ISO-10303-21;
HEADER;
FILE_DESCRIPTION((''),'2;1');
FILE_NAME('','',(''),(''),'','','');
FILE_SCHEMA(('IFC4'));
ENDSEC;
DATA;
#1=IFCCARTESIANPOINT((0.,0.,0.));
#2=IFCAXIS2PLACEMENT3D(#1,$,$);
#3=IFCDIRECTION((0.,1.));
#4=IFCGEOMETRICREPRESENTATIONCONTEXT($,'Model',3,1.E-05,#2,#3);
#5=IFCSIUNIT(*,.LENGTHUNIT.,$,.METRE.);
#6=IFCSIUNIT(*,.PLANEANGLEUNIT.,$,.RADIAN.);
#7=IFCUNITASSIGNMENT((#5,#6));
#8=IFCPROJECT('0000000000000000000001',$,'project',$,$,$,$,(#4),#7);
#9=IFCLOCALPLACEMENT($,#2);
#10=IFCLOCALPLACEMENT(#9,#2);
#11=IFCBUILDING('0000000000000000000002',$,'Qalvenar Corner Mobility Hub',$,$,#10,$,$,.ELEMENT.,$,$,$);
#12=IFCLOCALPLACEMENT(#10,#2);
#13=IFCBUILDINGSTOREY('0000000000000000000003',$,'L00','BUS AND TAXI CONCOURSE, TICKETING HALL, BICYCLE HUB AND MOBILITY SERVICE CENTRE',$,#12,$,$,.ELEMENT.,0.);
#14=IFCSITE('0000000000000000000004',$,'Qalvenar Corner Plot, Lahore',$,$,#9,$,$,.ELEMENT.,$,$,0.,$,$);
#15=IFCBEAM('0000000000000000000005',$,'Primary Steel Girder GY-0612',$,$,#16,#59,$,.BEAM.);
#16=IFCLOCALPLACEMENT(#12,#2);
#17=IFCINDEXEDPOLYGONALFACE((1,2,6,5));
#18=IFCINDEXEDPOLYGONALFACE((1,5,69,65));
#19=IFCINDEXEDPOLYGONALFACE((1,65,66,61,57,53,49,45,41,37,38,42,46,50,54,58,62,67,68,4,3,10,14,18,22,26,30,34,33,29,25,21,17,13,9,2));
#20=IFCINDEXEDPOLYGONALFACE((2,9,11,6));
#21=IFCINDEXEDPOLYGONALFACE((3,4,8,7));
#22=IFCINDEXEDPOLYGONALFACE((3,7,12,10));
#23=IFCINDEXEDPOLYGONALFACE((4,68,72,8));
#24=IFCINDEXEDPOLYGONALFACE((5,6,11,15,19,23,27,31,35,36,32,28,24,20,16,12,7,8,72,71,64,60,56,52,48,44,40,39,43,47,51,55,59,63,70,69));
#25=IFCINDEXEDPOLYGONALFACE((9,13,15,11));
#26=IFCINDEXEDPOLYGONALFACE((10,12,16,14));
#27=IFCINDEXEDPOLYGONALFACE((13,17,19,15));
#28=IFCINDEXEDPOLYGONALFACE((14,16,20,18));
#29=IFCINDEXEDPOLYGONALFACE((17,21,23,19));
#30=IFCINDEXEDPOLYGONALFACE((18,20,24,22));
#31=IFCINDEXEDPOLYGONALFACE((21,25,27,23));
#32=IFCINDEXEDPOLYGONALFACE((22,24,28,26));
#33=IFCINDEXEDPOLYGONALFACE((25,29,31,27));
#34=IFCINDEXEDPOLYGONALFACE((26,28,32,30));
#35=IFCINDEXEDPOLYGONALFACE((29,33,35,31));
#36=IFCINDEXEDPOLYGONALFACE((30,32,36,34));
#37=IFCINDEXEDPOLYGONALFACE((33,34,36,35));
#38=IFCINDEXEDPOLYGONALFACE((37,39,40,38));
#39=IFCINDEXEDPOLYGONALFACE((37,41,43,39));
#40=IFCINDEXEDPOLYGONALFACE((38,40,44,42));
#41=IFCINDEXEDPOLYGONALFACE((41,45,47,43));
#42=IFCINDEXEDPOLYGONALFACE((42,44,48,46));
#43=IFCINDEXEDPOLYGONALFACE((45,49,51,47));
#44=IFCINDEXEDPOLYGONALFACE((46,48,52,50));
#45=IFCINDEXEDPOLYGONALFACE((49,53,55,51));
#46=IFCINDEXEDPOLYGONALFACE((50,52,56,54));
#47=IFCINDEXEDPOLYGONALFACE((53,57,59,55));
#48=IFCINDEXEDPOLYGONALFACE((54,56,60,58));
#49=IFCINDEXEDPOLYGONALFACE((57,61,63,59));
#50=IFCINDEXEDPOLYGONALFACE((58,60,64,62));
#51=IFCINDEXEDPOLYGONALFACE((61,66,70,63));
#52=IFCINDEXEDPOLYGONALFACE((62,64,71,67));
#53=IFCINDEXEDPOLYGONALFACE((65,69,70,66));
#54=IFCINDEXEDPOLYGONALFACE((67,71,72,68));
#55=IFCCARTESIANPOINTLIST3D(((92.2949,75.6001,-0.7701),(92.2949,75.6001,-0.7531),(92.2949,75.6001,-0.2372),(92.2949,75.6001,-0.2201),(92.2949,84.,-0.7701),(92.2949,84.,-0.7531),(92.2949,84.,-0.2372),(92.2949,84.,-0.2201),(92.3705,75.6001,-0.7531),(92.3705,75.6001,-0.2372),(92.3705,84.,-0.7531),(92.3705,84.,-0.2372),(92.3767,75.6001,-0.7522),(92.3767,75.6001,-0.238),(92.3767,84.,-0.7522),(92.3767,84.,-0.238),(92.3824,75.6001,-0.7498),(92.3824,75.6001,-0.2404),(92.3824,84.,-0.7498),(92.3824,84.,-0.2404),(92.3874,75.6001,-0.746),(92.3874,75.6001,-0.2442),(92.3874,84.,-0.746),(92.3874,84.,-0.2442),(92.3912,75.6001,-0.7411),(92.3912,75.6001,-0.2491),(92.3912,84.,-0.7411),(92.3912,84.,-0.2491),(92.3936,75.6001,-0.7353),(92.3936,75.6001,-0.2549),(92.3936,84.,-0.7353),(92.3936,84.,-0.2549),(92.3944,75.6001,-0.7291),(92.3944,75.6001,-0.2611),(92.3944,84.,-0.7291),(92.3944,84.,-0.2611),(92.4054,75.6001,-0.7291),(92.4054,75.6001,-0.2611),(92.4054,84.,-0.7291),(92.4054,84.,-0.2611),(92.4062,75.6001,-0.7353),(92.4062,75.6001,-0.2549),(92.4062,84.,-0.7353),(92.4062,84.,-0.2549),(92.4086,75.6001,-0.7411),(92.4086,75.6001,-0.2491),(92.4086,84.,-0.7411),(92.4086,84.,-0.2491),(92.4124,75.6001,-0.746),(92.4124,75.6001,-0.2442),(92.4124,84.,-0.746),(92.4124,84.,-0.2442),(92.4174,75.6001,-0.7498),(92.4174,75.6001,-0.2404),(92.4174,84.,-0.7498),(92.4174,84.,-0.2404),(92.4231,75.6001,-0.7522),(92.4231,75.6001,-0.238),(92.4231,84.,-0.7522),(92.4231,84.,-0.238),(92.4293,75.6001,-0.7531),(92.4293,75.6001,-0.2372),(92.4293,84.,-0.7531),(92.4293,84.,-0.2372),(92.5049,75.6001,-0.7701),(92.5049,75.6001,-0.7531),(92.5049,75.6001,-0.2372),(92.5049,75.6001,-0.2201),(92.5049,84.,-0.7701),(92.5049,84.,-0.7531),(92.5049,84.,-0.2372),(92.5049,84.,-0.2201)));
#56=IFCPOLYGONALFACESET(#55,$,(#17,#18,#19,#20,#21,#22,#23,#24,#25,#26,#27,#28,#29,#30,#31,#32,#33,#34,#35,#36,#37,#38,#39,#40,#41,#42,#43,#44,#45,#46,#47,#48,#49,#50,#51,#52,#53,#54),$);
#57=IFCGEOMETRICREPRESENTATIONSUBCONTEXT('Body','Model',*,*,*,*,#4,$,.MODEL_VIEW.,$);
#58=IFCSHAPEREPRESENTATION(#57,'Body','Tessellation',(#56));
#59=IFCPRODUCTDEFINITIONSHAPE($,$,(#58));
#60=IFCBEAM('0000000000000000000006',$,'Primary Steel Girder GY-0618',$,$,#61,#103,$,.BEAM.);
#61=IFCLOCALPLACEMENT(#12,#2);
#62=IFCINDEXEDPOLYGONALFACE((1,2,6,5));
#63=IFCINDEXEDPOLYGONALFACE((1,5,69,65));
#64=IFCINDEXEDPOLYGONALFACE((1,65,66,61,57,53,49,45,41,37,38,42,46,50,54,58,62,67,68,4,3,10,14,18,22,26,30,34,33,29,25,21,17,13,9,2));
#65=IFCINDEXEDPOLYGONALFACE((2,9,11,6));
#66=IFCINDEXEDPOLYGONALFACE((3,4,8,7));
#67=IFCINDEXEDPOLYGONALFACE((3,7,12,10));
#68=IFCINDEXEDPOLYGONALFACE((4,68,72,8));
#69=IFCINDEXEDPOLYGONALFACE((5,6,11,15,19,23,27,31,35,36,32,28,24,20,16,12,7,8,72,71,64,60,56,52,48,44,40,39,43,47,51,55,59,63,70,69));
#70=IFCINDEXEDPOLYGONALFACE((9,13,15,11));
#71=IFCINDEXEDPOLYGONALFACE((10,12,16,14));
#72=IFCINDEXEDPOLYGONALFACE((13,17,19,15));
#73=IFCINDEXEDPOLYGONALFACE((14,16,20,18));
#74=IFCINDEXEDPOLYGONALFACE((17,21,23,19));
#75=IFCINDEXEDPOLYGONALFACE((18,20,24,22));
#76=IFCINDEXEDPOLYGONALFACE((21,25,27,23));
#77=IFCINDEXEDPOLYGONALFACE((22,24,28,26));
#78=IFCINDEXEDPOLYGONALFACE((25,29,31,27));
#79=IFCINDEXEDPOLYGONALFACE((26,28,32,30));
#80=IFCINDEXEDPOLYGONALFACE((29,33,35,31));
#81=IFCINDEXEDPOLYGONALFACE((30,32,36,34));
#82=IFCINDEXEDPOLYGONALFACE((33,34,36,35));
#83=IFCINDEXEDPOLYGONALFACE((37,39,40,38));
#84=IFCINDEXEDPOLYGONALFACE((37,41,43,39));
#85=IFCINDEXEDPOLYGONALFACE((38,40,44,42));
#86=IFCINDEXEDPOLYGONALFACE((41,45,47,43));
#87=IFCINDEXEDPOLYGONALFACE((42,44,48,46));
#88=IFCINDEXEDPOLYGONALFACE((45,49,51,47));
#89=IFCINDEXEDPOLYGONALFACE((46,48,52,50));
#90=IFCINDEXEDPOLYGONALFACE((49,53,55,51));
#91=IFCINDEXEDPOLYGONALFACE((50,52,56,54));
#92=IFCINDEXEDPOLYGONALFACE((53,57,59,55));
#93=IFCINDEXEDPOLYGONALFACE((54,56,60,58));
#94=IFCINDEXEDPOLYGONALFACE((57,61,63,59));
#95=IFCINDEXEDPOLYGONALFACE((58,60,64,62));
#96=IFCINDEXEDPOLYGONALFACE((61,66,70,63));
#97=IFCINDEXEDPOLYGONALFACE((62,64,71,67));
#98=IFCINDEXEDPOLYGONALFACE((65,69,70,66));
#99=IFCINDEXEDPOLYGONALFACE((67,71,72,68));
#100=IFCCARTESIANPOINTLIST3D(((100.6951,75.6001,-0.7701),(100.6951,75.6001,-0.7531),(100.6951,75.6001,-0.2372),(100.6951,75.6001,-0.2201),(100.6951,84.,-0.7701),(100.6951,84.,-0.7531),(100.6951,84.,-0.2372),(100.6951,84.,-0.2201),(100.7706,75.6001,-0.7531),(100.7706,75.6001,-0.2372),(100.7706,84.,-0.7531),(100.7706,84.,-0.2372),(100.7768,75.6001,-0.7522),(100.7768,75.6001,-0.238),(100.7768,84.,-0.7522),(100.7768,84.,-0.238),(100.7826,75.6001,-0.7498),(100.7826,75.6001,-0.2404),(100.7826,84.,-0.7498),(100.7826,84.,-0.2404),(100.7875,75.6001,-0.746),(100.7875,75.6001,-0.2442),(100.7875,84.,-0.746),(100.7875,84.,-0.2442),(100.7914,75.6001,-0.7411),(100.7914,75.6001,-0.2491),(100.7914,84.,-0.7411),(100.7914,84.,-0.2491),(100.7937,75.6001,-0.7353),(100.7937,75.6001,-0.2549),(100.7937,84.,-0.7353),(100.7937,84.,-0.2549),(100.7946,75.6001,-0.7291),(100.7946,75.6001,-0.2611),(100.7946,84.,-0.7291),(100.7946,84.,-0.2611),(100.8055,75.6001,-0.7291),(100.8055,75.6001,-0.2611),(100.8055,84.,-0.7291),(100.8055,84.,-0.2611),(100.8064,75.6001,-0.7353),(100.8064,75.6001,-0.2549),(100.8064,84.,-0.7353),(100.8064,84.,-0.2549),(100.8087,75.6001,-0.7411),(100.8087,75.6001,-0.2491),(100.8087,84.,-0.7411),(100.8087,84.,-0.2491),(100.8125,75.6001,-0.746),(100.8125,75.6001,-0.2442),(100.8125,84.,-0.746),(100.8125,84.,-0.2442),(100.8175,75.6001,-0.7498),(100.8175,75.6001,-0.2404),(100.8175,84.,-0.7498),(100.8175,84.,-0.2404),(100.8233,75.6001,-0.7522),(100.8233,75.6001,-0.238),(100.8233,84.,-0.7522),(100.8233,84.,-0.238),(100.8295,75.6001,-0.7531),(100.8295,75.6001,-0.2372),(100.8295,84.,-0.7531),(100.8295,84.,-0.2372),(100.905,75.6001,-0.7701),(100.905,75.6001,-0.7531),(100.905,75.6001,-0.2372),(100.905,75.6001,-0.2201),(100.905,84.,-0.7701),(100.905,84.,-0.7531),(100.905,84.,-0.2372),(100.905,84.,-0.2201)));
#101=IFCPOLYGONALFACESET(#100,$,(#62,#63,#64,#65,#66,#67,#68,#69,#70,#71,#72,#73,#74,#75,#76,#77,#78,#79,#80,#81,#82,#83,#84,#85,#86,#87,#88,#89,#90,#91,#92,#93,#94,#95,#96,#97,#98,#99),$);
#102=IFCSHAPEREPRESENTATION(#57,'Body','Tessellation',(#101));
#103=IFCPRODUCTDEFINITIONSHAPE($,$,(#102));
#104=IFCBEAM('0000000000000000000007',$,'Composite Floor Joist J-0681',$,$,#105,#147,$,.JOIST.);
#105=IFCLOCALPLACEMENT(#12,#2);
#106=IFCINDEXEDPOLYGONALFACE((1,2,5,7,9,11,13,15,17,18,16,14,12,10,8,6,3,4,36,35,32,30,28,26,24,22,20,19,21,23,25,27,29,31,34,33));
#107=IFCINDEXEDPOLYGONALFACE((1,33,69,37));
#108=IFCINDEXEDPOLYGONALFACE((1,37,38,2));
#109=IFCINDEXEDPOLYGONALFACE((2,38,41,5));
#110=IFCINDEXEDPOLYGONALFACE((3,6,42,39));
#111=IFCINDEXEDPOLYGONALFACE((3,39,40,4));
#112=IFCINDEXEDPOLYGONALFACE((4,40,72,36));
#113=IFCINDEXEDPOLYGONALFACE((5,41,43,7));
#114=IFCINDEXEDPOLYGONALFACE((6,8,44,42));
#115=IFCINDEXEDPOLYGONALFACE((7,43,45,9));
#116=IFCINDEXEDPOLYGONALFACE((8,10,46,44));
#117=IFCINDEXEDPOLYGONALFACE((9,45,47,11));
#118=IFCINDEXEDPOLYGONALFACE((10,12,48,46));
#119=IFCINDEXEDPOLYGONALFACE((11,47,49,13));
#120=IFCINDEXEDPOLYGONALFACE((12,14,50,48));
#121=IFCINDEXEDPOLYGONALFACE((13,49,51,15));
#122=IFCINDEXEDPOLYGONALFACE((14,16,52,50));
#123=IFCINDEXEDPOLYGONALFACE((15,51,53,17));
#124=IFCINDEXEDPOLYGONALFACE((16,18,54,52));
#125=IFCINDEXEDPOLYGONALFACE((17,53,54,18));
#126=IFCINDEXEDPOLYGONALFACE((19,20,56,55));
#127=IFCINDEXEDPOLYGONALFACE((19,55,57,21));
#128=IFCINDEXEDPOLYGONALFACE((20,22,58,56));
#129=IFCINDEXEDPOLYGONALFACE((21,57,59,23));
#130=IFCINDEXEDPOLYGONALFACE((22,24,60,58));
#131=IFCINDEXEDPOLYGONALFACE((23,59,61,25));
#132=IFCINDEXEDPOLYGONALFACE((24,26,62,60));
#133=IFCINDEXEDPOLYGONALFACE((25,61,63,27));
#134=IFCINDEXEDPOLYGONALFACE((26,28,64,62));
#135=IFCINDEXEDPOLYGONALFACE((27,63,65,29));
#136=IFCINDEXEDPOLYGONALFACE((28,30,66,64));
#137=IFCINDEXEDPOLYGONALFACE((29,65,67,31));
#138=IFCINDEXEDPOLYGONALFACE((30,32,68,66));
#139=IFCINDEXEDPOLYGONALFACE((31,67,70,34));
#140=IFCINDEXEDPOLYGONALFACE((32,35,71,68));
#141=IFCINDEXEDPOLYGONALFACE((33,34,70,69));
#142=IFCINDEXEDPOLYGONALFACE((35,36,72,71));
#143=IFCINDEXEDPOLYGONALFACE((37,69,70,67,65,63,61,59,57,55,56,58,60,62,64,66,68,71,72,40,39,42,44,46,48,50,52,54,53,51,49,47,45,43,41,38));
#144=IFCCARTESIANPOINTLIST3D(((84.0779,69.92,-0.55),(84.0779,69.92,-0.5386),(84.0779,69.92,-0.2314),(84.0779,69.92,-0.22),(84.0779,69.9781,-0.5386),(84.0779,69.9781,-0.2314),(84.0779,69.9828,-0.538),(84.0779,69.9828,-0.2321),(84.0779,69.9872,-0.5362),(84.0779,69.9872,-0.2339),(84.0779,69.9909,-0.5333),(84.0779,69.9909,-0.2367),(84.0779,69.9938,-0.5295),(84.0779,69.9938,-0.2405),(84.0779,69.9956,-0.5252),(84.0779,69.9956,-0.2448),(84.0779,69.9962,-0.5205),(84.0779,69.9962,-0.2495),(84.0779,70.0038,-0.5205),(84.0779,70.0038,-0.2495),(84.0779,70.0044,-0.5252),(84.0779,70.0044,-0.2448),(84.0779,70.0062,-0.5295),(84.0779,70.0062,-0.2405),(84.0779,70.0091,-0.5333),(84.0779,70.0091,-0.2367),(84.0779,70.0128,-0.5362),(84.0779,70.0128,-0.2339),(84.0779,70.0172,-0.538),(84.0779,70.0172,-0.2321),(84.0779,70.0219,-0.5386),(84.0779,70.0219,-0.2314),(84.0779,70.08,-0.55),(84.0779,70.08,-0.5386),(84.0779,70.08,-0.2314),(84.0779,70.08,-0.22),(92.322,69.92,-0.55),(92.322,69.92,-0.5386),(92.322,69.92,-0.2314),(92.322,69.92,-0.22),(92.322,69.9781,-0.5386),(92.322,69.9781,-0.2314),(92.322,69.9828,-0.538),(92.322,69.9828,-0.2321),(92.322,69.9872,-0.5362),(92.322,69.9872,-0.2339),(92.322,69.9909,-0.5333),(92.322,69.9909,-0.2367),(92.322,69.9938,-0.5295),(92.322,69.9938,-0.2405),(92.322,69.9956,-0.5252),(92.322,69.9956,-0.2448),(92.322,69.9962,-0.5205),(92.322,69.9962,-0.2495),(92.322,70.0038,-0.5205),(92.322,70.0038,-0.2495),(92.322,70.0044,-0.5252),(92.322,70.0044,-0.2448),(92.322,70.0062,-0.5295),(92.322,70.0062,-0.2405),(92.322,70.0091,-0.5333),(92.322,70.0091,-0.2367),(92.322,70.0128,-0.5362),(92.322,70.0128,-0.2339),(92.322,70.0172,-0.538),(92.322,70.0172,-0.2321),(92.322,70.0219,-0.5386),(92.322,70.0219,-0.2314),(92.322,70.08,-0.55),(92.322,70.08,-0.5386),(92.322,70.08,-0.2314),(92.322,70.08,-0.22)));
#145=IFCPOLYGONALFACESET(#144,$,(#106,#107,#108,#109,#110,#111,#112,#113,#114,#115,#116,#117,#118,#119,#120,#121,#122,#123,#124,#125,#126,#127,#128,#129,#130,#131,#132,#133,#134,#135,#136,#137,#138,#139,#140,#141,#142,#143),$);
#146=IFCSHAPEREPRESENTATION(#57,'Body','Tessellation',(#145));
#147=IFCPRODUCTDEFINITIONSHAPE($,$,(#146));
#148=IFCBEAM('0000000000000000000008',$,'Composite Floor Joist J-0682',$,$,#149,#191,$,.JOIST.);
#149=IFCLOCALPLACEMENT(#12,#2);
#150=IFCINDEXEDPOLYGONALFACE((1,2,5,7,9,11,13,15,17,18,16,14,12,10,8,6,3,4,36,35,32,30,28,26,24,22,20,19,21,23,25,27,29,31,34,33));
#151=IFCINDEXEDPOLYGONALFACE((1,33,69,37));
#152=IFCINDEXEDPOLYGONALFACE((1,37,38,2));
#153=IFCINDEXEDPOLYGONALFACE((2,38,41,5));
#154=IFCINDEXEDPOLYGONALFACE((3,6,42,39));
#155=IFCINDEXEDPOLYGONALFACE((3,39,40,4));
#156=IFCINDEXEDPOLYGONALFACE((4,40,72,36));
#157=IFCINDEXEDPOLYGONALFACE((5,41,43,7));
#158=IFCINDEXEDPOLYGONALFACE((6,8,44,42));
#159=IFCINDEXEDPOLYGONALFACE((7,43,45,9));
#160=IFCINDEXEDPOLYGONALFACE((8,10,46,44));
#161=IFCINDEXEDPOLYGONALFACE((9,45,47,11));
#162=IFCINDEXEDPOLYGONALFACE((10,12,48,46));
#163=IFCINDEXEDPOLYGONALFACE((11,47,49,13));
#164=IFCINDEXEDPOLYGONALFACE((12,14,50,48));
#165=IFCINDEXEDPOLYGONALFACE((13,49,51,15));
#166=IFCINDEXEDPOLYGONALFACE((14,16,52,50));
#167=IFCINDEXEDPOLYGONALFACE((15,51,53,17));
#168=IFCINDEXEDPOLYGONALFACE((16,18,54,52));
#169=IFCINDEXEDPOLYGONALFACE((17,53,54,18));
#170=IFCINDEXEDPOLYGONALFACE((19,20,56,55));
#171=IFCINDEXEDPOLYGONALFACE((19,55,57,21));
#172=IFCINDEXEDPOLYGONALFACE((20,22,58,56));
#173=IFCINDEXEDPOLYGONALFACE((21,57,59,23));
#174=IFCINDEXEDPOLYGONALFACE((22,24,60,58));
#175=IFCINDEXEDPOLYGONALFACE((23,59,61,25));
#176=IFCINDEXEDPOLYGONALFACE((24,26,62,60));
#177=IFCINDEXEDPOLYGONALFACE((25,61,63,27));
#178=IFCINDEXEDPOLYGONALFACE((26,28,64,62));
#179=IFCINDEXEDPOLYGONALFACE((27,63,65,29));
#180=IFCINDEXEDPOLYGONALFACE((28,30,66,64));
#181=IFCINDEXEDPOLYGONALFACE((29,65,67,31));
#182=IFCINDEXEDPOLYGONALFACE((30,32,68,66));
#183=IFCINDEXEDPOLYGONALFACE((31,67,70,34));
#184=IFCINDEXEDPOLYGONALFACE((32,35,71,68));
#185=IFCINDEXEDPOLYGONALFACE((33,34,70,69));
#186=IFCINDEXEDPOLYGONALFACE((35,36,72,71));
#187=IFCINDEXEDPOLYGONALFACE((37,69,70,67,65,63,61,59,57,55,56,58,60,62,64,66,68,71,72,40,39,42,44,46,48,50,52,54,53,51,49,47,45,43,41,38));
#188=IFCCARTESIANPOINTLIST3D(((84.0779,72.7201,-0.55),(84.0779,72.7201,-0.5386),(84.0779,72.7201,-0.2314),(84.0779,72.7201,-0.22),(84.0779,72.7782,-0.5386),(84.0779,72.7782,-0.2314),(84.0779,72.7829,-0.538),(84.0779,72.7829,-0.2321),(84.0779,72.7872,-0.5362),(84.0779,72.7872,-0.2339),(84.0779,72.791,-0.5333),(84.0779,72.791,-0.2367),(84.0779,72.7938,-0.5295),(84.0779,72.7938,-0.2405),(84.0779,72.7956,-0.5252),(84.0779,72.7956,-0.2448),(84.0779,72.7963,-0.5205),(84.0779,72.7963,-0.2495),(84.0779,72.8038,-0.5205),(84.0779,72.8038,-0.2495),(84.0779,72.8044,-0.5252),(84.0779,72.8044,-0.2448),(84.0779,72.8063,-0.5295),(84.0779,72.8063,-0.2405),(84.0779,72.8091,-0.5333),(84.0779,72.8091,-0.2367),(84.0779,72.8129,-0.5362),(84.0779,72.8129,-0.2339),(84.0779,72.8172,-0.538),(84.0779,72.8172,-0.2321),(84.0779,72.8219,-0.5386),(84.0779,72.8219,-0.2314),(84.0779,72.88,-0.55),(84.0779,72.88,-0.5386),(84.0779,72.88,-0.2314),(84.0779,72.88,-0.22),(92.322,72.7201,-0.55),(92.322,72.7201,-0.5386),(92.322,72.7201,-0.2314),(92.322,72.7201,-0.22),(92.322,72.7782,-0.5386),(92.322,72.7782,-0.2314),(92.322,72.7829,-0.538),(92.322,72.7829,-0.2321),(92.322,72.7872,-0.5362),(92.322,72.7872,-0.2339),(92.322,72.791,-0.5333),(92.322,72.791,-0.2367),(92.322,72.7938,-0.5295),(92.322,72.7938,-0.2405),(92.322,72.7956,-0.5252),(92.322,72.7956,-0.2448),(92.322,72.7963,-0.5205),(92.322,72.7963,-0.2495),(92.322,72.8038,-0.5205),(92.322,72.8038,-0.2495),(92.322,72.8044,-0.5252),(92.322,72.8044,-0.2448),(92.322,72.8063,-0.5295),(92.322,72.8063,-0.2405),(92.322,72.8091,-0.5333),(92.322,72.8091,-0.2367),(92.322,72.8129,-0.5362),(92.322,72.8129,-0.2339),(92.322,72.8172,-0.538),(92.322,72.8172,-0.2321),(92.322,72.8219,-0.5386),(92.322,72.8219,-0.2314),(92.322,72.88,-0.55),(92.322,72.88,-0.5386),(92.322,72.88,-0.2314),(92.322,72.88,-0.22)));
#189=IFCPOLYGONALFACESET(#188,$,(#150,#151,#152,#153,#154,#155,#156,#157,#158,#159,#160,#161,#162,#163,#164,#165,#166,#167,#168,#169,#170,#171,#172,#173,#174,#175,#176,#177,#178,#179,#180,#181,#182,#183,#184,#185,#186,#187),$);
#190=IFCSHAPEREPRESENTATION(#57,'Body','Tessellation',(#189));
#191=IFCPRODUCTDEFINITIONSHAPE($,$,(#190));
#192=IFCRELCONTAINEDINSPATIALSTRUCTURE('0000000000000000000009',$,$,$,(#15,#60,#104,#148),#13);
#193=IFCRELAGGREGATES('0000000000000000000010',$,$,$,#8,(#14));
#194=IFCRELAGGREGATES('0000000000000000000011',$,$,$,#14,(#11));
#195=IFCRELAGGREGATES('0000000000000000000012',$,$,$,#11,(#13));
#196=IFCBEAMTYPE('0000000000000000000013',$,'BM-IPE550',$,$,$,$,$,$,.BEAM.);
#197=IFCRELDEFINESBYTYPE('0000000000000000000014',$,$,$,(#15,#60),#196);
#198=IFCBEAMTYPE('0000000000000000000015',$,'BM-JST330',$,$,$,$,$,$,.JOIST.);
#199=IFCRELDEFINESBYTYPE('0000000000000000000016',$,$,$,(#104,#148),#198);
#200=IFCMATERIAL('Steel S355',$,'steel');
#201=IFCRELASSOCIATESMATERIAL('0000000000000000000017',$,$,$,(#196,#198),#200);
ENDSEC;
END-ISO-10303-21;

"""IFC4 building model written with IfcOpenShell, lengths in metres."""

from ifc_helpers import new_model, si_unit, direction, frame, origin, origin_2d, place, context, subcontext, project, spatial, i_section, extrude, material, material_profile, profile_set, type_object, element, save


model = new_model("IFC4")

# Units and contexts
model_context = context("Model", 3, precision=1e-05, world=origin(), true_north=direction((0.0, 1.0)))
body_context = subcontext(model_context, "Body", "Model", "MODEL_VIEW")
ifc_project = project(units=[si_unit("LENGTHUNIT", "METRE"), si_unit("PLANEANGLEUNIT", "RADIAN")], contexts=[model_context])

# Site, building, storey
site_placement = place(None, origin())
site = spatial("IfcSite", under=ifc_project, at=site_placement, Name="Qalvenar Corner Plot, Lahore", CompositionType="ELEMENT", RefElevation=0.0)
building_placement = place(site_placement, origin())
building = spatial("IfcBuilding", under=site, at=building_placement, Name="Qalvenar Corner Mobility Hub", CompositionType="ELEMENT")
storey_placement = place(building_placement, origin())
storey = spatial("IfcBuildingStorey", under=building, at=storey_placement, Name="L00", Description="BUS AND TAXI CONCOURSE, TICKETING HALL, BICYCLE HUB AND MOBILITY SERVICE CENTRE", CompositionType="ELEMENT", Elevation=0.0)

# Shared definitions
ifc_material_1 = material(Name="Steel S355", Category="steel")

# Beams
ifc_material_profile_1 = material_profile(ifc_material_1, i_section(OverallWidth=0.21, OverallDepth=0.55, WebThickness=0.011, FlangeThickness=0.0171, FilletRadius=0.0239, at=origin_2d()), Name="IPE550")
ifc_profile_set_1 = profile_set([ifc_material_profile_1], Name="Steel S355")
beam_type_1 = type_object("IfcBeamType", Name="BM-IPE550", PredefinedType="BEAM", material=ifc_profile_set_1)
for number, where, z_axis, x_axis, name in (
    (1, (92.3999, 75.6001, -0.4951), (0.0, 1.0, 0.0), (-1.0, 0.0, 0.0), "Primary Steel Girder GY-0612"),
    (2, (100.8, 75.6001, -0.4951), (0.0, 1.0, 0.0), (-1.0, 0.0, 0.0), "Primary Steel Girder GY-0618"),
):
    element("IfcBeam", number, at=place(storey_placement, frame(where, z_axis=z_axis, x_axis=x_axis)), inside=storey, type_object=beam_type_1, Name=name, PredefinedType="BEAM", context=body_context, shape_type="SweptSolid", body=[
        extrude(i_section(OverallWidth=0.21, OverallDepth=0.55, WebThickness=0.011, FlangeThickness=0.0171, FilletRadius=0.0239, at=origin_2d()), origin(), (0.0, 0.0, 1.0), 8.3999),
    ])
ifc_material_profile_2 = material_profile(ifc_material_1, i_section(OverallWidth=0.1599, OverallDepth=0.3301, WebThickness=0.0076, FlangeThickness=0.0115, FilletRadius=0.0181, at=origin_2d()), Name="IPE330")
ifc_profile_set_2 = profile_set([ifc_material_profile_2], Name="Steel S355")
beam_type_2 = type_object("IfcBeamType", Name="BM-JST330", PredefinedType="JOIST", material=ifc_profile_set_2)
for number, where, z_axis, x_axis, name in (
    (3, (84.0779, 70.0, -0.385), (1.0, 0.0, 0.0), (0.0, 1.0, 0.0), "Composite Floor Joist J-0681"),
    (4, (84.0779, 72.8, -0.385), (1.0, 0.0, 0.0), (0.0, 1.0, 0.0), "Composite Floor Joist J-0682"),
):
    element("IfcBeam", number, at=place(storey_placement, frame(where, z_axis=z_axis, x_axis=x_axis)), inside=storey, type_object=beam_type_2, Name=name, PredefinedType="JOIST", context=body_context, shape_type="SweptSolid", body=[
        extrude(i_section(OverallWidth=0.1599, OverallDepth=0.3301, WebThickness=0.0076, FlangeThickness=0.0115, FilletRadius=0.0181, at=origin_2d()), origin(), (0.0, 0.0, 1.0), 8.2441),
    ])

save(model, "model.ifc")
